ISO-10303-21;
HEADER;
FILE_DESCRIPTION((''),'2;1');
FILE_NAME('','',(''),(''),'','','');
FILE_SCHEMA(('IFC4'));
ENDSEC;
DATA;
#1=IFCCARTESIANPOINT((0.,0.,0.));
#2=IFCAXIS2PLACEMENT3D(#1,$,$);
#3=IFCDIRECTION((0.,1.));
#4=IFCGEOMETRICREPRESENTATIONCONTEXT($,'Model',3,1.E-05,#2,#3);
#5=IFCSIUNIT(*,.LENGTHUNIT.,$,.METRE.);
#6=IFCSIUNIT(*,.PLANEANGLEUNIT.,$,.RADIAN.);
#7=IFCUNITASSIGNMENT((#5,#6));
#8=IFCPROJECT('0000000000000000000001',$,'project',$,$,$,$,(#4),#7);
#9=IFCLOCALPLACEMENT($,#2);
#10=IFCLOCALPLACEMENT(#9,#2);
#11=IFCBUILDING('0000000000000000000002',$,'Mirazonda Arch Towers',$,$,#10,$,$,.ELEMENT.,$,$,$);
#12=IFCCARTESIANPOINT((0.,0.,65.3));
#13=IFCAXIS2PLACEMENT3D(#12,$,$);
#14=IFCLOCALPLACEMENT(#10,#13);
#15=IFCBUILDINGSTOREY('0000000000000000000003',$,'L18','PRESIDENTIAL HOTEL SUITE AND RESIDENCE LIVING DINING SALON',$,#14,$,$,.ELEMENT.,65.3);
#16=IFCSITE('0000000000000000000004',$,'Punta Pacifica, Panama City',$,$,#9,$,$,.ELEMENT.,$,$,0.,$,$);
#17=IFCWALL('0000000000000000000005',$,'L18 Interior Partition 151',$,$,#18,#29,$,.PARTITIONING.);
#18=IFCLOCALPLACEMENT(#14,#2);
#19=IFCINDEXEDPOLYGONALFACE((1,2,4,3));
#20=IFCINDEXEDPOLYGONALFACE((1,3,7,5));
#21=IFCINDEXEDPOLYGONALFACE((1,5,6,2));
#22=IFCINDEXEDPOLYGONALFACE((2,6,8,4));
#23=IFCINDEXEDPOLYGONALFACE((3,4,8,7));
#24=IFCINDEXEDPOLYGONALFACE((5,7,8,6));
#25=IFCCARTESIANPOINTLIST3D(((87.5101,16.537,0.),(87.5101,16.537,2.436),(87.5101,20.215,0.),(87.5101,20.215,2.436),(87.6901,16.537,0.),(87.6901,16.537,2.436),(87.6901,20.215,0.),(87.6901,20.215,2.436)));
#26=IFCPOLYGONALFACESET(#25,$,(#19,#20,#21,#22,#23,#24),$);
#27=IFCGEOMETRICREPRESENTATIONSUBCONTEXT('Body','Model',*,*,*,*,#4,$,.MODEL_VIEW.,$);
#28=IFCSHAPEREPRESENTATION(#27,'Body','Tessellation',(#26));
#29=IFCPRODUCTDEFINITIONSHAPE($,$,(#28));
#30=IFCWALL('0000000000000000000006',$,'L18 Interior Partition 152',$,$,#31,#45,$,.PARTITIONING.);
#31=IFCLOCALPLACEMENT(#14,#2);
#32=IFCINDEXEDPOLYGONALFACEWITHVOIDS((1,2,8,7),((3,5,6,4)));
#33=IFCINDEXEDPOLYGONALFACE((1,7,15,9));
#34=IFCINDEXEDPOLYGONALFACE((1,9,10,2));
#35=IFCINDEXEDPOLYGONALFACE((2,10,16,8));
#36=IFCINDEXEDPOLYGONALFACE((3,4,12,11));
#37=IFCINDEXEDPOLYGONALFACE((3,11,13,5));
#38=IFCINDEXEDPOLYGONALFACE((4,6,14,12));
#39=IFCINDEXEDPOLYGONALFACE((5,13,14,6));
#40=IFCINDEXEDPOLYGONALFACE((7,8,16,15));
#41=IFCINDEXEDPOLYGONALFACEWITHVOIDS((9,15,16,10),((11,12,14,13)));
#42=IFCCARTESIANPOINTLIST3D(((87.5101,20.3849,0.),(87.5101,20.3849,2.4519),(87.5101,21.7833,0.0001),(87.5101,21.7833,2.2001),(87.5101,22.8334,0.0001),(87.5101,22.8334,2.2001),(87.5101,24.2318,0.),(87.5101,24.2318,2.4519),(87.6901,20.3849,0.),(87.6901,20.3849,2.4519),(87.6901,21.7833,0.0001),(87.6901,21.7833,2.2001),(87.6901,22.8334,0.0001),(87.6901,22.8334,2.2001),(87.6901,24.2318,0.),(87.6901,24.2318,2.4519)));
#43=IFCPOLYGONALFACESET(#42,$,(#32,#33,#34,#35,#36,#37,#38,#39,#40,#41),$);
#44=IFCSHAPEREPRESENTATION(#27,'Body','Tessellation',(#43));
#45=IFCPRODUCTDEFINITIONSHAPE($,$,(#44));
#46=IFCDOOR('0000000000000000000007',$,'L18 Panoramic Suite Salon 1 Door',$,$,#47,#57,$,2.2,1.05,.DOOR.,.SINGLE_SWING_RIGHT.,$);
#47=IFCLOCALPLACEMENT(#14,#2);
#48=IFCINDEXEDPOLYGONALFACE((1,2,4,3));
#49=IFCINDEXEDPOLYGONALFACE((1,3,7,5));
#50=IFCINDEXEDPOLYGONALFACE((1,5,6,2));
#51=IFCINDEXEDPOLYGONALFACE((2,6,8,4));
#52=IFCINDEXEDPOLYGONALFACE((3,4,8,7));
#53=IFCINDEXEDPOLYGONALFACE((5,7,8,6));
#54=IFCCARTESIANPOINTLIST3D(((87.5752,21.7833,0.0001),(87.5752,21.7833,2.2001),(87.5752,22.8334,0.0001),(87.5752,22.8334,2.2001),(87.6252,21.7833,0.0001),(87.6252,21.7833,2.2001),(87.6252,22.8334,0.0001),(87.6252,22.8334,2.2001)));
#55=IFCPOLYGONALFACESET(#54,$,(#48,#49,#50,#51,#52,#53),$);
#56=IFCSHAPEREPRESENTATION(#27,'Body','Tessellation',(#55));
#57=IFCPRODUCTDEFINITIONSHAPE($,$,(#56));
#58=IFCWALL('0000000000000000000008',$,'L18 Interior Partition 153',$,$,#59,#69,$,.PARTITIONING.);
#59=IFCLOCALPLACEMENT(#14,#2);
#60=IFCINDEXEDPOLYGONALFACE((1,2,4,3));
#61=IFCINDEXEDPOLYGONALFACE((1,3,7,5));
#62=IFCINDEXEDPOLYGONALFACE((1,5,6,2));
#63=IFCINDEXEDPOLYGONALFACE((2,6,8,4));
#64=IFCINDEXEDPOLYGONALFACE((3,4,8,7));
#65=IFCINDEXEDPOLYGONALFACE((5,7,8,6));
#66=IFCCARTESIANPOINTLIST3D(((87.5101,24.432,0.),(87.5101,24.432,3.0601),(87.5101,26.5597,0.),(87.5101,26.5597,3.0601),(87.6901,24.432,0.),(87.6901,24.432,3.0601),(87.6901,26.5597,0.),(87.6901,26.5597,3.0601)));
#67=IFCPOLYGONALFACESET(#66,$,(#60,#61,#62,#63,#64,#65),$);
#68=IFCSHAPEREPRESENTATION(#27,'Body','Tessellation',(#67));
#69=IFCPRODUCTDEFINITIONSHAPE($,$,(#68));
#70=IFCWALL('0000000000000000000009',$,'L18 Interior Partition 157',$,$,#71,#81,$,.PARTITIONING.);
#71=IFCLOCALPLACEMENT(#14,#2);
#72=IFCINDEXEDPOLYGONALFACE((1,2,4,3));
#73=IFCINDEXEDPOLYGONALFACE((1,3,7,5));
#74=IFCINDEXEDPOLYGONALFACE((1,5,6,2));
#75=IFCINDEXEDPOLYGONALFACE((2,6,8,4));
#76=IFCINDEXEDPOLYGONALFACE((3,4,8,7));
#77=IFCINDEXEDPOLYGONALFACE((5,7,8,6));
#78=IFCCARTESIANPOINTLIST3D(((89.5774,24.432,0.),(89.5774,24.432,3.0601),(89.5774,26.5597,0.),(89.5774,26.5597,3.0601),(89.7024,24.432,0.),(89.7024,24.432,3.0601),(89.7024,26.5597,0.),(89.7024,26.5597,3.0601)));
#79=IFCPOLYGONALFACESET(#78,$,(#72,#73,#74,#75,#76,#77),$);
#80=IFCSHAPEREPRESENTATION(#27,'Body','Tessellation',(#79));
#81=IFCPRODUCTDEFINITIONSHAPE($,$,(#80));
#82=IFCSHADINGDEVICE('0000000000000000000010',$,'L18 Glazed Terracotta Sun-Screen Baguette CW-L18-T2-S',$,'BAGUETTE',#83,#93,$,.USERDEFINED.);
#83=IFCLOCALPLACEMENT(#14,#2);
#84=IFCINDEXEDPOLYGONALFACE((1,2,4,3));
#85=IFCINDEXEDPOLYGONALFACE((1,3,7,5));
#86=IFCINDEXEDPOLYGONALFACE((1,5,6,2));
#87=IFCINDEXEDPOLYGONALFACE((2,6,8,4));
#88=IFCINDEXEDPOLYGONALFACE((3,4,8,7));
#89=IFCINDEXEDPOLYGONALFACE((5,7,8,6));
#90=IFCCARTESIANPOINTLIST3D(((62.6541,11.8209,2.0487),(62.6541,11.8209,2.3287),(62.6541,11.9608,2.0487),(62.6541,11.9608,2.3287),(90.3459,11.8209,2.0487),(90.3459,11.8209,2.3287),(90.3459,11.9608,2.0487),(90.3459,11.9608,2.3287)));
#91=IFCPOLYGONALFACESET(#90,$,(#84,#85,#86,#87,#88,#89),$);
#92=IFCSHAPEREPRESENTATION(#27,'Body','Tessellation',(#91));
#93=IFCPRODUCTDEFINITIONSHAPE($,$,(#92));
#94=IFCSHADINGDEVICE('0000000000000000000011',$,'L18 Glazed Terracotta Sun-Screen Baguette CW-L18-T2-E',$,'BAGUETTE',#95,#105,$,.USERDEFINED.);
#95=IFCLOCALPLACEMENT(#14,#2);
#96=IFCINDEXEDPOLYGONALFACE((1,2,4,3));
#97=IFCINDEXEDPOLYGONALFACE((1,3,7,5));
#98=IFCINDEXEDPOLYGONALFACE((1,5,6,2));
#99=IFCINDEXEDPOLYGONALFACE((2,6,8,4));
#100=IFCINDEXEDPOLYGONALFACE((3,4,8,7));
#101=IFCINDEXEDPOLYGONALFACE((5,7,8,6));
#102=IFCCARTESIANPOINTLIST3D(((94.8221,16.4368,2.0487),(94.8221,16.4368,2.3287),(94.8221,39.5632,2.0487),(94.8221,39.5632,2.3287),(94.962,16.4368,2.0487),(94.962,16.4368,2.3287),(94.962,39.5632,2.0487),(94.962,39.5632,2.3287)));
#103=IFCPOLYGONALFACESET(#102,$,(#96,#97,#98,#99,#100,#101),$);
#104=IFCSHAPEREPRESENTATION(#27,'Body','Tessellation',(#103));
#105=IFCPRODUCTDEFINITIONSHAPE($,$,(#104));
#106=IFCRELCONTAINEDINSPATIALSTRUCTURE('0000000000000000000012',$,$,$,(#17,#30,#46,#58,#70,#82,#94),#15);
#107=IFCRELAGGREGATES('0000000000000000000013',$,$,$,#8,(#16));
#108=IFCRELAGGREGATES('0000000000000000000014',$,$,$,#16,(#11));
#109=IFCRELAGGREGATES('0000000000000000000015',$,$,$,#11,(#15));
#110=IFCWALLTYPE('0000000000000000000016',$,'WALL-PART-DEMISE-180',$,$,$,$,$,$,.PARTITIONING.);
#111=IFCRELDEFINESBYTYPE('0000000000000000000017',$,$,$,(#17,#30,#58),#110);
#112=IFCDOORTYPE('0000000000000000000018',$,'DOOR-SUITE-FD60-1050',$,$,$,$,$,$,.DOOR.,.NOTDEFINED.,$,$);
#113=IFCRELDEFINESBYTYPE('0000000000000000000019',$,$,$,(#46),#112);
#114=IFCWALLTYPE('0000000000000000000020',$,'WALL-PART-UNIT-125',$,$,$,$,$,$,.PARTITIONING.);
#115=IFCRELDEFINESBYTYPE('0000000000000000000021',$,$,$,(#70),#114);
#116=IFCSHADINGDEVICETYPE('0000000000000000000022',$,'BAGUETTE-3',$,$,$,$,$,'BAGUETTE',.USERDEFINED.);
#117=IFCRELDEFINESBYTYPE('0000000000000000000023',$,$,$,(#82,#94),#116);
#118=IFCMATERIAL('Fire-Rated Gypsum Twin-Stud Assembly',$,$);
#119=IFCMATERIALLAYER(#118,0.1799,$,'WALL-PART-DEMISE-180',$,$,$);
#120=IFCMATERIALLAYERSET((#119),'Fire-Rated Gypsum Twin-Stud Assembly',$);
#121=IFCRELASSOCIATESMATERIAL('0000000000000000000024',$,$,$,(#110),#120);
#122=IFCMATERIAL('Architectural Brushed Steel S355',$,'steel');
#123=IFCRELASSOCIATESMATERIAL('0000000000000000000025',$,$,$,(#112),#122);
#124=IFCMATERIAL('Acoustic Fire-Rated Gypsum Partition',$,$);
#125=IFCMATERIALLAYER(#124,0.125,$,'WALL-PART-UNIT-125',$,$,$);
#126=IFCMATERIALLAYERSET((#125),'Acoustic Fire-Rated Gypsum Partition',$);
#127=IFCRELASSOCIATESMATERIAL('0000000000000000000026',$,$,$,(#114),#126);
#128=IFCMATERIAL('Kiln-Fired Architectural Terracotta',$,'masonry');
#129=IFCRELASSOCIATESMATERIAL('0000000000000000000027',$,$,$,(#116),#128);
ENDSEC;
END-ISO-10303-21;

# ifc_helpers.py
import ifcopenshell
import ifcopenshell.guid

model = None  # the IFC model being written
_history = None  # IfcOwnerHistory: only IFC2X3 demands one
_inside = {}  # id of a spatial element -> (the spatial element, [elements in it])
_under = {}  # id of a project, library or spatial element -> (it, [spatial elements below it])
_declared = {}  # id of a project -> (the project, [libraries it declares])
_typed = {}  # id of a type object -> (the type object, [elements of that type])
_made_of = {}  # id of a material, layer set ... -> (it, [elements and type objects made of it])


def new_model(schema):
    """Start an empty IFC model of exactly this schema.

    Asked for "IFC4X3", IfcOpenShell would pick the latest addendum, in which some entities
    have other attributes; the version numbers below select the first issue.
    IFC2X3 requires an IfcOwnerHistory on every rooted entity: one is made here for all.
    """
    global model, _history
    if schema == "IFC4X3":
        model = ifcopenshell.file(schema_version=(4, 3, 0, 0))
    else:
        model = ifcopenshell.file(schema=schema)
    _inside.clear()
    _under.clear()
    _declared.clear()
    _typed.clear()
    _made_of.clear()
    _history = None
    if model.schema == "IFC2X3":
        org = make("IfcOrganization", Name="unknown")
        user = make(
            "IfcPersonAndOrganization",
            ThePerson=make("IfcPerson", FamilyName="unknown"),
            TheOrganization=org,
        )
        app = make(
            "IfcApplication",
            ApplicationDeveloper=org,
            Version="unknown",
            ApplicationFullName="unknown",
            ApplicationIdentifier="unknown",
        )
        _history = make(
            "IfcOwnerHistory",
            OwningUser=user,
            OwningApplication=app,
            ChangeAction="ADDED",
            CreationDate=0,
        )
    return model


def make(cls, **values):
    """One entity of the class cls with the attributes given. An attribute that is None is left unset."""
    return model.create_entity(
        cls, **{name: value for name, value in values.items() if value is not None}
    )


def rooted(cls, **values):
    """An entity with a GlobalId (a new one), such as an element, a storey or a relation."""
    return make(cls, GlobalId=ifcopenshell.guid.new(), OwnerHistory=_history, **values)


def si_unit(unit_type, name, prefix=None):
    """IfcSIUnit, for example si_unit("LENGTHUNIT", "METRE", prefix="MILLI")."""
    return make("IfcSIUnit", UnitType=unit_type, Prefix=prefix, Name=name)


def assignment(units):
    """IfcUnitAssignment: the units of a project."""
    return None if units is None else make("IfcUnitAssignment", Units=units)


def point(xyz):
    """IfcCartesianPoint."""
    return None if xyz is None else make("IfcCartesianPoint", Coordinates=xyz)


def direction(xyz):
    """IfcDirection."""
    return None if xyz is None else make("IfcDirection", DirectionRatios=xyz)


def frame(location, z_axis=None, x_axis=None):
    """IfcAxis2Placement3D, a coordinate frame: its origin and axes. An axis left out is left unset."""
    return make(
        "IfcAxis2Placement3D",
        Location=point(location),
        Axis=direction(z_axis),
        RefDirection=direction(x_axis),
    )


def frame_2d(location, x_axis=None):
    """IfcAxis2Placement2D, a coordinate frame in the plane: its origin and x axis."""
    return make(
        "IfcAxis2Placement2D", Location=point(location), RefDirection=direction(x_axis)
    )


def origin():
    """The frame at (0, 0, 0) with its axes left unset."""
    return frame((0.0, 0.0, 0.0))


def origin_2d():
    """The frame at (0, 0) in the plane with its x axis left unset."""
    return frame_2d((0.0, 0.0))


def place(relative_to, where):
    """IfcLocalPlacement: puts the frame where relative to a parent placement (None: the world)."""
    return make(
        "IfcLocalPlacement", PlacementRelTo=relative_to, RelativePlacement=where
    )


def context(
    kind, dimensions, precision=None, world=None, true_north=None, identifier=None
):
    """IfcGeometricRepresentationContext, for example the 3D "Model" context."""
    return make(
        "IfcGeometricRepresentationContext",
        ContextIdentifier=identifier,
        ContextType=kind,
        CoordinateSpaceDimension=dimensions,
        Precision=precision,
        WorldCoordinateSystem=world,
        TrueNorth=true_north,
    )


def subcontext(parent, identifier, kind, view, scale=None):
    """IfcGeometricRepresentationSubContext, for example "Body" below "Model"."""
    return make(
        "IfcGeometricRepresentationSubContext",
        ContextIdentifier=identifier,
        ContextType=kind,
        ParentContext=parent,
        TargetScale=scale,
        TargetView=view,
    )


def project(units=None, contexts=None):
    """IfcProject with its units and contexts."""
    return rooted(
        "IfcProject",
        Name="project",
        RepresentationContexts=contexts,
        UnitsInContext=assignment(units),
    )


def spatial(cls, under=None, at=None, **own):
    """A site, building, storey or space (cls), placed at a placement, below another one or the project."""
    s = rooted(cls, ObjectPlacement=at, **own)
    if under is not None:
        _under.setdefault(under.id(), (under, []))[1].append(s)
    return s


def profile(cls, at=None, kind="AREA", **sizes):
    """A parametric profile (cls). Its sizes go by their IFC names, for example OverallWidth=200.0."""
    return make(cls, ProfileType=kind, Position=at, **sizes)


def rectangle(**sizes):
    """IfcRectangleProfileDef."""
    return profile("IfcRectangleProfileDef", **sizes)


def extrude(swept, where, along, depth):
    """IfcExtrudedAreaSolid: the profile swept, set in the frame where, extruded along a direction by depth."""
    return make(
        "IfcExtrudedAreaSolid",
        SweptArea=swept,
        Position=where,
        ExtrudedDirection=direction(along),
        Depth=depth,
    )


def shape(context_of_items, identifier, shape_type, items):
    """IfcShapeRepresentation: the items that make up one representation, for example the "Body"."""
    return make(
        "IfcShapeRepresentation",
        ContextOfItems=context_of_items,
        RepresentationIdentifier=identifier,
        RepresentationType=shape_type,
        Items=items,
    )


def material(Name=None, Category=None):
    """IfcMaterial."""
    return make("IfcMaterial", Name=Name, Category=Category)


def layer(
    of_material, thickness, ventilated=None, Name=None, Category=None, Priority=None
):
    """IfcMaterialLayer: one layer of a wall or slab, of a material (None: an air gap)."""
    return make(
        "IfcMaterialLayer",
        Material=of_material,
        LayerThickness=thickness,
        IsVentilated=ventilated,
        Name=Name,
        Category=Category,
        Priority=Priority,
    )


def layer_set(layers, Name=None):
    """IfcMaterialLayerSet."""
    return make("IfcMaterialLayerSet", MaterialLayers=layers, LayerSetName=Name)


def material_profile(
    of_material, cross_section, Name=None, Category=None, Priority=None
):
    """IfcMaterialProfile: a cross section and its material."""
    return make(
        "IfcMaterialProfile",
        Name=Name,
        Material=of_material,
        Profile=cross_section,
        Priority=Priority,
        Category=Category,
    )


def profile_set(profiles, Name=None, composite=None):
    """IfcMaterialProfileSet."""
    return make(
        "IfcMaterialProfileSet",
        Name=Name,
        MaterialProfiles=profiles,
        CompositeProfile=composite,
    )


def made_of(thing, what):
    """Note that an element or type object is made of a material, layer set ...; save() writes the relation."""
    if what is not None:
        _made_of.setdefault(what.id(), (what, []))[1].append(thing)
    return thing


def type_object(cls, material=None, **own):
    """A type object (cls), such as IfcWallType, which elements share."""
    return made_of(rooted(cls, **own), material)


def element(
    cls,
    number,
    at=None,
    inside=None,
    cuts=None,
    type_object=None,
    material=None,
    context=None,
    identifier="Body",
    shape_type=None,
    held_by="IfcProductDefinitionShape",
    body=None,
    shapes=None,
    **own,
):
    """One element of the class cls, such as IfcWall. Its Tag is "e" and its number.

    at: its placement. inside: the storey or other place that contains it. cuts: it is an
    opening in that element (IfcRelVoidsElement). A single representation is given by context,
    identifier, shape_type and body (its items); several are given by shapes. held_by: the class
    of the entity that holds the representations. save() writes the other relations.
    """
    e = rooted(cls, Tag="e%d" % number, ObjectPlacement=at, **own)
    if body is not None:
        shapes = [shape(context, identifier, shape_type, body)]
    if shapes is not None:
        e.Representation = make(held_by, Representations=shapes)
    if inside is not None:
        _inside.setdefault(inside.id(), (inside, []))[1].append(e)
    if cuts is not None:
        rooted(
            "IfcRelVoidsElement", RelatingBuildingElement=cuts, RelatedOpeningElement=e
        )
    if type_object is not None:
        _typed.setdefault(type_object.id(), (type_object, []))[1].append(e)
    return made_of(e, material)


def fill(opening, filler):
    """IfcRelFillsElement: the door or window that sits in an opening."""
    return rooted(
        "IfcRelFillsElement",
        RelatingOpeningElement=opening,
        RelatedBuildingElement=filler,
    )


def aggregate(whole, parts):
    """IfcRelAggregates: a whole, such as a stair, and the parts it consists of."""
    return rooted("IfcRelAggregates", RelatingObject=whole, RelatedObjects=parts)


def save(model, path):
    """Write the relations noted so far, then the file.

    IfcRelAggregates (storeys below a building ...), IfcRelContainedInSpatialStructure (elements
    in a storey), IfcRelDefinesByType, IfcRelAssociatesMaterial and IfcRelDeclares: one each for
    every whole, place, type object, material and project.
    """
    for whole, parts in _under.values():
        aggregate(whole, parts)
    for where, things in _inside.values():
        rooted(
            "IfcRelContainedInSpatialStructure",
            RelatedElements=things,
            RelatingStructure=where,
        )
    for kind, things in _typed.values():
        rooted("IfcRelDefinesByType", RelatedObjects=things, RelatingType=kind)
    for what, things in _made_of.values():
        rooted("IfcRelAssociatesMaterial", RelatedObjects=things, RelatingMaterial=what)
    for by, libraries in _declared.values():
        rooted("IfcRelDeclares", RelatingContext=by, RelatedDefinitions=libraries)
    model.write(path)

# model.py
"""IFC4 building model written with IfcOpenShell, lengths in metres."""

from ifc_helpers import new_model, si_unit, direction, frame, frame_2d, origin, origin_2d, place, context, subcontext, project, spatial, rectangle, extrude, material, layer, layer_set, material_profile, profile_set, type_object, element, fill, save


model = new_model("IFC4")

# Units and contexts
model_context = context("Model", 3, precision=1e-05, world=origin(), true_north=direction((0.0, 1.0)))
body_context = subcontext(model_context, "Body", "Model", "MODEL_VIEW")
ifc_project = project(units=[si_unit("LENGTHUNIT", "METRE"), si_unit("PLANEANGLEUNIT", "RADIAN")], contexts=[model_context])

# Site, building, storey
site_placement = place(None, origin())
site = spatial("IfcSite", under=ifc_project, at=site_placement, Name="Punta Pacifica, Panama City", CompositionType="ELEMENT", RefElevation=0.0)
building_placement = place(site_placement, origin())
building = spatial("IfcBuilding", under=site, at=building_placement, Name="Mirazonda Arch Towers", CompositionType="ELEMENT")
storey_placement = place(building_placement, frame((0.0, 0.0, 65.3)))
storey = spatial("IfcBuildingStorey", under=building, at=storey_placement, Name="L18", Description="PRESIDENTIAL HOTEL SUITE AND RESIDENCE LIVING DINING SALON", CompositionType="ELEMENT", Elevation=65.3)

# Shared definitions
ifc_material_1 = material(Name="Fire-Rated Gypsum Twin-Stud Assembly")
ifc_layer_1 = layer(ifc_material_1, 0.1799, Name="WALL-PART-DEMISE-180")
ifc_layer_set_1 = layer_set([ifc_layer_1], Name="Fire-Rated Gypsum Twin-Stud Assembly")
wall_type_1 = type_object("IfcWallType", Name="WALL-PART-DEMISE-180", PredefinedType="PARTITIONING", material=ifc_layer_set_1)

# Shared definitions
ifc_material_2 = material(Name="Architectural Brushed Steel S355", Category="steel")

# Wall
wall_1_placement = place(storey_placement, frame((87.6001, 16.5371, 0.0), z_axis=(0.0, 0.0, 1.0), x_axis=(0.0, 1.0, 0.0)))
element("IfcWall", 1, at=wall_1_placement, inside=storey, type_object=wall_type_1, Name="L18 Interior Partition 151", PredefinedType="PARTITIONING", context=body_context, shape_type="SweptSolid", body=[
    extrude(rectangle(XDim=3.678, YDim=0.1799, at=frame_2d((1.8389, 0.0))), origin(), (0.0, 0.0, 1.0), 2.436),
])

# Wall, opening, door
wall_2_placement = place(storey_placement, frame((87.6001, 20.385, 0.0), z_axis=(0.0, 0.0, 1.0), x_axis=(0.0, 1.0, 0.0)))
wall_2 = element("IfcWall", 2, at=wall_2_placement, inside=storey, type_object=wall_type_1, Name="L18 Interior Partition 152", PredefinedType="PARTITIONING", context=body_context, shape_type="SweptSolid", body=[
    extrude(rectangle(XDim=3.8469, YDim=0.1799, at=frame_2d((1.9233, 0.0))), origin(), (0.0, 0.0, 1.0), 2.4519),
])
opening_1_placement = place(wall_2_placement, frame((1.3984, 0.0, 0.0)))
opening_1 = element("IfcOpeningElement", 3, at=opening_1_placement, cuts=wall_2, PredefinedType="OPENING", context=body_context, shape_type="SweptSolid", body=[
    extrude(rectangle(XDim=1.05, YDim=2.2, at=frame_2d((0.5249, 1.1001))), frame((0.0, 0.0999, 0.0), z_axis=(0.0, -1.0, 0.0), x_axis=(1.0, 0.0, 0.0)), (0.0, 0.0, 1.0), 0.2),
])
door_type_1 = type_object("IfcDoorType", Name="DOOR-SUITE-FD60-1050", OperationType="NOTDEFINED", PredefinedType="DOOR", material=ifc_material_2)
door_1_placement = place(opening_1_placement, origin())
door_1 = element("IfcDoor", 4, at=door_1_placement, inside=storey, type_object=door_type_1, Name="L18 Panoramic Suite Salon 1 Door", OperationType="SINGLE_SWING_RIGHT", OverallHeight=2.2, OverallWidth=1.05, PredefinedType="DOOR", context=body_context, shape_type="SweptSolid", body=[
    extrude(rectangle(XDim=1.05, YDim=2.2, at=frame_2d((0.5249, 1.1001))), frame((0.0, 0.0249, 0.0), z_axis=(0.0, -1.0, 0.0), x_axis=(1.0, 0.0, 0.0)), (0.0, 0.0, 1.0), 0.05),
])
fill(opening_1, door_1)

# Walls
wall_3_placement = place(storey_placement, frame((87.6001, 24.4319, 0.0), z_axis=(0.0, 0.0, 1.0), x_axis=(0.0, 1.0, 0.0)))
element("IfcWall", 5, at=wall_3_placement, inside=storey, type_object=wall_type_1, Name="L18 Interior Partition 153", PredefinedType="PARTITIONING", context=body_context, shape_type="SweptSolid", body=[
    extrude(rectangle(XDim=2.1277, YDim=0.1799, at=frame_2d((1.064, 0.0))), origin(), (0.0, 0.0, 1.0), 3.0601),
])
ifc_material_3 = material(Name="Acoustic Fire-Rated Gypsum Partition")
ifc_layer_2 = layer(ifc_material_3, 0.125, Name="WALL-PART-UNIT-125")
ifc_layer_set_2 = layer_set([ifc_layer_2], Name="Acoustic Fire-Rated Gypsum Partition")
wall_type_2 = type_object("IfcWallType", Name="WALL-PART-UNIT-125", PredefinedType="PARTITIONING", material=ifc_layer_set_2)
wall_4_placement = place(storey_placement, frame((89.6399, 24.4319, 0.0), z_axis=(0.0, 0.0, 1.0), x_axis=(0.0, 1.0, 0.0)))
element("IfcWall", 6, at=wall_4_placement, inside=storey, type_object=wall_type_2, Name="L18 Interior Partition 157", PredefinedType="PARTITIONING", context=body_context, shape_type="SweptSolid", body=[
    extrude(rectangle(XDim=2.1277, YDim=0.125, at=frame_2d((1.064, 0.0))), origin(), (0.0, 0.0, 1.0), 3.0601),
])

# Shading devices
ifc_material_4 = material(Name="Kiln-Fired Architectural Terracotta", Category="masonry")
ifc_material_profile_1 = material_profile(ifc_material_4, rectangle(XDim=0.1399, YDim=0.28, at=origin_2d()), Name="TERRA-BAG-140x280")
ifc_profile_set_1 = profile_set([ifc_material_profile_1], Name="Kiln-Fired Architectural Terracotta")
shading_device_type = type_object("IfcShadingDeviceType", Name="BAGUETTE-3", ElementType="BAGUETTE", PredefinedType="USERDEFINED", material=ifc_profile_set_1)
shading_device_1_placement = place(storey_placement, frame((90.3459, 11.8909, 2.1887), z_axis=(-1.0, 0.0, 0.0), x_axis=(0.0, -1.0, 0.0)))
element("IfcShadingDevice", 7, at=shading_device_1_placement, inside=storey, type_object=shading_device_type, Name="L18 Glazed Terracotta Sun-Screen Baguette CW-L18-T2-S", ObjectType="BAGUETTE", PredefinedType="USERDEFINED", context=body_context, shape_type="SweptSolid", body=[
    extrude(rectangle(XDim=0.1399, YDim=0.28, at=origin_2d()), origin(), (0.0, 0.0, 1.0), 27.6919),
])
shading_device_2_placement = place(storey_placement, frame((94.8921, 16.4368, 2.1887), z_axis=(0.0, 1.0, 0.0), x_axis=(-1.0, 0.0, 0.0)))
element("IfcShadingDevice", 8, at=shading_device_2_placement, inside=storey, type_object=shading_device_type, Name="L18 Glazed Terracotta Sun-Screen Baguette CW-L18-T2-E", ObjectType="BAGUETTE", PredefinedType="USERDEFINED", context=body_context, shape_type="SweptSolid", body=[
    extrude(rectangle(XDim=0.1399, YDim=0.28, at=origin_2d()), origin(), (0.0, 0.0, 1.0), 23.1265),
])

save(model, "model.ifc")
